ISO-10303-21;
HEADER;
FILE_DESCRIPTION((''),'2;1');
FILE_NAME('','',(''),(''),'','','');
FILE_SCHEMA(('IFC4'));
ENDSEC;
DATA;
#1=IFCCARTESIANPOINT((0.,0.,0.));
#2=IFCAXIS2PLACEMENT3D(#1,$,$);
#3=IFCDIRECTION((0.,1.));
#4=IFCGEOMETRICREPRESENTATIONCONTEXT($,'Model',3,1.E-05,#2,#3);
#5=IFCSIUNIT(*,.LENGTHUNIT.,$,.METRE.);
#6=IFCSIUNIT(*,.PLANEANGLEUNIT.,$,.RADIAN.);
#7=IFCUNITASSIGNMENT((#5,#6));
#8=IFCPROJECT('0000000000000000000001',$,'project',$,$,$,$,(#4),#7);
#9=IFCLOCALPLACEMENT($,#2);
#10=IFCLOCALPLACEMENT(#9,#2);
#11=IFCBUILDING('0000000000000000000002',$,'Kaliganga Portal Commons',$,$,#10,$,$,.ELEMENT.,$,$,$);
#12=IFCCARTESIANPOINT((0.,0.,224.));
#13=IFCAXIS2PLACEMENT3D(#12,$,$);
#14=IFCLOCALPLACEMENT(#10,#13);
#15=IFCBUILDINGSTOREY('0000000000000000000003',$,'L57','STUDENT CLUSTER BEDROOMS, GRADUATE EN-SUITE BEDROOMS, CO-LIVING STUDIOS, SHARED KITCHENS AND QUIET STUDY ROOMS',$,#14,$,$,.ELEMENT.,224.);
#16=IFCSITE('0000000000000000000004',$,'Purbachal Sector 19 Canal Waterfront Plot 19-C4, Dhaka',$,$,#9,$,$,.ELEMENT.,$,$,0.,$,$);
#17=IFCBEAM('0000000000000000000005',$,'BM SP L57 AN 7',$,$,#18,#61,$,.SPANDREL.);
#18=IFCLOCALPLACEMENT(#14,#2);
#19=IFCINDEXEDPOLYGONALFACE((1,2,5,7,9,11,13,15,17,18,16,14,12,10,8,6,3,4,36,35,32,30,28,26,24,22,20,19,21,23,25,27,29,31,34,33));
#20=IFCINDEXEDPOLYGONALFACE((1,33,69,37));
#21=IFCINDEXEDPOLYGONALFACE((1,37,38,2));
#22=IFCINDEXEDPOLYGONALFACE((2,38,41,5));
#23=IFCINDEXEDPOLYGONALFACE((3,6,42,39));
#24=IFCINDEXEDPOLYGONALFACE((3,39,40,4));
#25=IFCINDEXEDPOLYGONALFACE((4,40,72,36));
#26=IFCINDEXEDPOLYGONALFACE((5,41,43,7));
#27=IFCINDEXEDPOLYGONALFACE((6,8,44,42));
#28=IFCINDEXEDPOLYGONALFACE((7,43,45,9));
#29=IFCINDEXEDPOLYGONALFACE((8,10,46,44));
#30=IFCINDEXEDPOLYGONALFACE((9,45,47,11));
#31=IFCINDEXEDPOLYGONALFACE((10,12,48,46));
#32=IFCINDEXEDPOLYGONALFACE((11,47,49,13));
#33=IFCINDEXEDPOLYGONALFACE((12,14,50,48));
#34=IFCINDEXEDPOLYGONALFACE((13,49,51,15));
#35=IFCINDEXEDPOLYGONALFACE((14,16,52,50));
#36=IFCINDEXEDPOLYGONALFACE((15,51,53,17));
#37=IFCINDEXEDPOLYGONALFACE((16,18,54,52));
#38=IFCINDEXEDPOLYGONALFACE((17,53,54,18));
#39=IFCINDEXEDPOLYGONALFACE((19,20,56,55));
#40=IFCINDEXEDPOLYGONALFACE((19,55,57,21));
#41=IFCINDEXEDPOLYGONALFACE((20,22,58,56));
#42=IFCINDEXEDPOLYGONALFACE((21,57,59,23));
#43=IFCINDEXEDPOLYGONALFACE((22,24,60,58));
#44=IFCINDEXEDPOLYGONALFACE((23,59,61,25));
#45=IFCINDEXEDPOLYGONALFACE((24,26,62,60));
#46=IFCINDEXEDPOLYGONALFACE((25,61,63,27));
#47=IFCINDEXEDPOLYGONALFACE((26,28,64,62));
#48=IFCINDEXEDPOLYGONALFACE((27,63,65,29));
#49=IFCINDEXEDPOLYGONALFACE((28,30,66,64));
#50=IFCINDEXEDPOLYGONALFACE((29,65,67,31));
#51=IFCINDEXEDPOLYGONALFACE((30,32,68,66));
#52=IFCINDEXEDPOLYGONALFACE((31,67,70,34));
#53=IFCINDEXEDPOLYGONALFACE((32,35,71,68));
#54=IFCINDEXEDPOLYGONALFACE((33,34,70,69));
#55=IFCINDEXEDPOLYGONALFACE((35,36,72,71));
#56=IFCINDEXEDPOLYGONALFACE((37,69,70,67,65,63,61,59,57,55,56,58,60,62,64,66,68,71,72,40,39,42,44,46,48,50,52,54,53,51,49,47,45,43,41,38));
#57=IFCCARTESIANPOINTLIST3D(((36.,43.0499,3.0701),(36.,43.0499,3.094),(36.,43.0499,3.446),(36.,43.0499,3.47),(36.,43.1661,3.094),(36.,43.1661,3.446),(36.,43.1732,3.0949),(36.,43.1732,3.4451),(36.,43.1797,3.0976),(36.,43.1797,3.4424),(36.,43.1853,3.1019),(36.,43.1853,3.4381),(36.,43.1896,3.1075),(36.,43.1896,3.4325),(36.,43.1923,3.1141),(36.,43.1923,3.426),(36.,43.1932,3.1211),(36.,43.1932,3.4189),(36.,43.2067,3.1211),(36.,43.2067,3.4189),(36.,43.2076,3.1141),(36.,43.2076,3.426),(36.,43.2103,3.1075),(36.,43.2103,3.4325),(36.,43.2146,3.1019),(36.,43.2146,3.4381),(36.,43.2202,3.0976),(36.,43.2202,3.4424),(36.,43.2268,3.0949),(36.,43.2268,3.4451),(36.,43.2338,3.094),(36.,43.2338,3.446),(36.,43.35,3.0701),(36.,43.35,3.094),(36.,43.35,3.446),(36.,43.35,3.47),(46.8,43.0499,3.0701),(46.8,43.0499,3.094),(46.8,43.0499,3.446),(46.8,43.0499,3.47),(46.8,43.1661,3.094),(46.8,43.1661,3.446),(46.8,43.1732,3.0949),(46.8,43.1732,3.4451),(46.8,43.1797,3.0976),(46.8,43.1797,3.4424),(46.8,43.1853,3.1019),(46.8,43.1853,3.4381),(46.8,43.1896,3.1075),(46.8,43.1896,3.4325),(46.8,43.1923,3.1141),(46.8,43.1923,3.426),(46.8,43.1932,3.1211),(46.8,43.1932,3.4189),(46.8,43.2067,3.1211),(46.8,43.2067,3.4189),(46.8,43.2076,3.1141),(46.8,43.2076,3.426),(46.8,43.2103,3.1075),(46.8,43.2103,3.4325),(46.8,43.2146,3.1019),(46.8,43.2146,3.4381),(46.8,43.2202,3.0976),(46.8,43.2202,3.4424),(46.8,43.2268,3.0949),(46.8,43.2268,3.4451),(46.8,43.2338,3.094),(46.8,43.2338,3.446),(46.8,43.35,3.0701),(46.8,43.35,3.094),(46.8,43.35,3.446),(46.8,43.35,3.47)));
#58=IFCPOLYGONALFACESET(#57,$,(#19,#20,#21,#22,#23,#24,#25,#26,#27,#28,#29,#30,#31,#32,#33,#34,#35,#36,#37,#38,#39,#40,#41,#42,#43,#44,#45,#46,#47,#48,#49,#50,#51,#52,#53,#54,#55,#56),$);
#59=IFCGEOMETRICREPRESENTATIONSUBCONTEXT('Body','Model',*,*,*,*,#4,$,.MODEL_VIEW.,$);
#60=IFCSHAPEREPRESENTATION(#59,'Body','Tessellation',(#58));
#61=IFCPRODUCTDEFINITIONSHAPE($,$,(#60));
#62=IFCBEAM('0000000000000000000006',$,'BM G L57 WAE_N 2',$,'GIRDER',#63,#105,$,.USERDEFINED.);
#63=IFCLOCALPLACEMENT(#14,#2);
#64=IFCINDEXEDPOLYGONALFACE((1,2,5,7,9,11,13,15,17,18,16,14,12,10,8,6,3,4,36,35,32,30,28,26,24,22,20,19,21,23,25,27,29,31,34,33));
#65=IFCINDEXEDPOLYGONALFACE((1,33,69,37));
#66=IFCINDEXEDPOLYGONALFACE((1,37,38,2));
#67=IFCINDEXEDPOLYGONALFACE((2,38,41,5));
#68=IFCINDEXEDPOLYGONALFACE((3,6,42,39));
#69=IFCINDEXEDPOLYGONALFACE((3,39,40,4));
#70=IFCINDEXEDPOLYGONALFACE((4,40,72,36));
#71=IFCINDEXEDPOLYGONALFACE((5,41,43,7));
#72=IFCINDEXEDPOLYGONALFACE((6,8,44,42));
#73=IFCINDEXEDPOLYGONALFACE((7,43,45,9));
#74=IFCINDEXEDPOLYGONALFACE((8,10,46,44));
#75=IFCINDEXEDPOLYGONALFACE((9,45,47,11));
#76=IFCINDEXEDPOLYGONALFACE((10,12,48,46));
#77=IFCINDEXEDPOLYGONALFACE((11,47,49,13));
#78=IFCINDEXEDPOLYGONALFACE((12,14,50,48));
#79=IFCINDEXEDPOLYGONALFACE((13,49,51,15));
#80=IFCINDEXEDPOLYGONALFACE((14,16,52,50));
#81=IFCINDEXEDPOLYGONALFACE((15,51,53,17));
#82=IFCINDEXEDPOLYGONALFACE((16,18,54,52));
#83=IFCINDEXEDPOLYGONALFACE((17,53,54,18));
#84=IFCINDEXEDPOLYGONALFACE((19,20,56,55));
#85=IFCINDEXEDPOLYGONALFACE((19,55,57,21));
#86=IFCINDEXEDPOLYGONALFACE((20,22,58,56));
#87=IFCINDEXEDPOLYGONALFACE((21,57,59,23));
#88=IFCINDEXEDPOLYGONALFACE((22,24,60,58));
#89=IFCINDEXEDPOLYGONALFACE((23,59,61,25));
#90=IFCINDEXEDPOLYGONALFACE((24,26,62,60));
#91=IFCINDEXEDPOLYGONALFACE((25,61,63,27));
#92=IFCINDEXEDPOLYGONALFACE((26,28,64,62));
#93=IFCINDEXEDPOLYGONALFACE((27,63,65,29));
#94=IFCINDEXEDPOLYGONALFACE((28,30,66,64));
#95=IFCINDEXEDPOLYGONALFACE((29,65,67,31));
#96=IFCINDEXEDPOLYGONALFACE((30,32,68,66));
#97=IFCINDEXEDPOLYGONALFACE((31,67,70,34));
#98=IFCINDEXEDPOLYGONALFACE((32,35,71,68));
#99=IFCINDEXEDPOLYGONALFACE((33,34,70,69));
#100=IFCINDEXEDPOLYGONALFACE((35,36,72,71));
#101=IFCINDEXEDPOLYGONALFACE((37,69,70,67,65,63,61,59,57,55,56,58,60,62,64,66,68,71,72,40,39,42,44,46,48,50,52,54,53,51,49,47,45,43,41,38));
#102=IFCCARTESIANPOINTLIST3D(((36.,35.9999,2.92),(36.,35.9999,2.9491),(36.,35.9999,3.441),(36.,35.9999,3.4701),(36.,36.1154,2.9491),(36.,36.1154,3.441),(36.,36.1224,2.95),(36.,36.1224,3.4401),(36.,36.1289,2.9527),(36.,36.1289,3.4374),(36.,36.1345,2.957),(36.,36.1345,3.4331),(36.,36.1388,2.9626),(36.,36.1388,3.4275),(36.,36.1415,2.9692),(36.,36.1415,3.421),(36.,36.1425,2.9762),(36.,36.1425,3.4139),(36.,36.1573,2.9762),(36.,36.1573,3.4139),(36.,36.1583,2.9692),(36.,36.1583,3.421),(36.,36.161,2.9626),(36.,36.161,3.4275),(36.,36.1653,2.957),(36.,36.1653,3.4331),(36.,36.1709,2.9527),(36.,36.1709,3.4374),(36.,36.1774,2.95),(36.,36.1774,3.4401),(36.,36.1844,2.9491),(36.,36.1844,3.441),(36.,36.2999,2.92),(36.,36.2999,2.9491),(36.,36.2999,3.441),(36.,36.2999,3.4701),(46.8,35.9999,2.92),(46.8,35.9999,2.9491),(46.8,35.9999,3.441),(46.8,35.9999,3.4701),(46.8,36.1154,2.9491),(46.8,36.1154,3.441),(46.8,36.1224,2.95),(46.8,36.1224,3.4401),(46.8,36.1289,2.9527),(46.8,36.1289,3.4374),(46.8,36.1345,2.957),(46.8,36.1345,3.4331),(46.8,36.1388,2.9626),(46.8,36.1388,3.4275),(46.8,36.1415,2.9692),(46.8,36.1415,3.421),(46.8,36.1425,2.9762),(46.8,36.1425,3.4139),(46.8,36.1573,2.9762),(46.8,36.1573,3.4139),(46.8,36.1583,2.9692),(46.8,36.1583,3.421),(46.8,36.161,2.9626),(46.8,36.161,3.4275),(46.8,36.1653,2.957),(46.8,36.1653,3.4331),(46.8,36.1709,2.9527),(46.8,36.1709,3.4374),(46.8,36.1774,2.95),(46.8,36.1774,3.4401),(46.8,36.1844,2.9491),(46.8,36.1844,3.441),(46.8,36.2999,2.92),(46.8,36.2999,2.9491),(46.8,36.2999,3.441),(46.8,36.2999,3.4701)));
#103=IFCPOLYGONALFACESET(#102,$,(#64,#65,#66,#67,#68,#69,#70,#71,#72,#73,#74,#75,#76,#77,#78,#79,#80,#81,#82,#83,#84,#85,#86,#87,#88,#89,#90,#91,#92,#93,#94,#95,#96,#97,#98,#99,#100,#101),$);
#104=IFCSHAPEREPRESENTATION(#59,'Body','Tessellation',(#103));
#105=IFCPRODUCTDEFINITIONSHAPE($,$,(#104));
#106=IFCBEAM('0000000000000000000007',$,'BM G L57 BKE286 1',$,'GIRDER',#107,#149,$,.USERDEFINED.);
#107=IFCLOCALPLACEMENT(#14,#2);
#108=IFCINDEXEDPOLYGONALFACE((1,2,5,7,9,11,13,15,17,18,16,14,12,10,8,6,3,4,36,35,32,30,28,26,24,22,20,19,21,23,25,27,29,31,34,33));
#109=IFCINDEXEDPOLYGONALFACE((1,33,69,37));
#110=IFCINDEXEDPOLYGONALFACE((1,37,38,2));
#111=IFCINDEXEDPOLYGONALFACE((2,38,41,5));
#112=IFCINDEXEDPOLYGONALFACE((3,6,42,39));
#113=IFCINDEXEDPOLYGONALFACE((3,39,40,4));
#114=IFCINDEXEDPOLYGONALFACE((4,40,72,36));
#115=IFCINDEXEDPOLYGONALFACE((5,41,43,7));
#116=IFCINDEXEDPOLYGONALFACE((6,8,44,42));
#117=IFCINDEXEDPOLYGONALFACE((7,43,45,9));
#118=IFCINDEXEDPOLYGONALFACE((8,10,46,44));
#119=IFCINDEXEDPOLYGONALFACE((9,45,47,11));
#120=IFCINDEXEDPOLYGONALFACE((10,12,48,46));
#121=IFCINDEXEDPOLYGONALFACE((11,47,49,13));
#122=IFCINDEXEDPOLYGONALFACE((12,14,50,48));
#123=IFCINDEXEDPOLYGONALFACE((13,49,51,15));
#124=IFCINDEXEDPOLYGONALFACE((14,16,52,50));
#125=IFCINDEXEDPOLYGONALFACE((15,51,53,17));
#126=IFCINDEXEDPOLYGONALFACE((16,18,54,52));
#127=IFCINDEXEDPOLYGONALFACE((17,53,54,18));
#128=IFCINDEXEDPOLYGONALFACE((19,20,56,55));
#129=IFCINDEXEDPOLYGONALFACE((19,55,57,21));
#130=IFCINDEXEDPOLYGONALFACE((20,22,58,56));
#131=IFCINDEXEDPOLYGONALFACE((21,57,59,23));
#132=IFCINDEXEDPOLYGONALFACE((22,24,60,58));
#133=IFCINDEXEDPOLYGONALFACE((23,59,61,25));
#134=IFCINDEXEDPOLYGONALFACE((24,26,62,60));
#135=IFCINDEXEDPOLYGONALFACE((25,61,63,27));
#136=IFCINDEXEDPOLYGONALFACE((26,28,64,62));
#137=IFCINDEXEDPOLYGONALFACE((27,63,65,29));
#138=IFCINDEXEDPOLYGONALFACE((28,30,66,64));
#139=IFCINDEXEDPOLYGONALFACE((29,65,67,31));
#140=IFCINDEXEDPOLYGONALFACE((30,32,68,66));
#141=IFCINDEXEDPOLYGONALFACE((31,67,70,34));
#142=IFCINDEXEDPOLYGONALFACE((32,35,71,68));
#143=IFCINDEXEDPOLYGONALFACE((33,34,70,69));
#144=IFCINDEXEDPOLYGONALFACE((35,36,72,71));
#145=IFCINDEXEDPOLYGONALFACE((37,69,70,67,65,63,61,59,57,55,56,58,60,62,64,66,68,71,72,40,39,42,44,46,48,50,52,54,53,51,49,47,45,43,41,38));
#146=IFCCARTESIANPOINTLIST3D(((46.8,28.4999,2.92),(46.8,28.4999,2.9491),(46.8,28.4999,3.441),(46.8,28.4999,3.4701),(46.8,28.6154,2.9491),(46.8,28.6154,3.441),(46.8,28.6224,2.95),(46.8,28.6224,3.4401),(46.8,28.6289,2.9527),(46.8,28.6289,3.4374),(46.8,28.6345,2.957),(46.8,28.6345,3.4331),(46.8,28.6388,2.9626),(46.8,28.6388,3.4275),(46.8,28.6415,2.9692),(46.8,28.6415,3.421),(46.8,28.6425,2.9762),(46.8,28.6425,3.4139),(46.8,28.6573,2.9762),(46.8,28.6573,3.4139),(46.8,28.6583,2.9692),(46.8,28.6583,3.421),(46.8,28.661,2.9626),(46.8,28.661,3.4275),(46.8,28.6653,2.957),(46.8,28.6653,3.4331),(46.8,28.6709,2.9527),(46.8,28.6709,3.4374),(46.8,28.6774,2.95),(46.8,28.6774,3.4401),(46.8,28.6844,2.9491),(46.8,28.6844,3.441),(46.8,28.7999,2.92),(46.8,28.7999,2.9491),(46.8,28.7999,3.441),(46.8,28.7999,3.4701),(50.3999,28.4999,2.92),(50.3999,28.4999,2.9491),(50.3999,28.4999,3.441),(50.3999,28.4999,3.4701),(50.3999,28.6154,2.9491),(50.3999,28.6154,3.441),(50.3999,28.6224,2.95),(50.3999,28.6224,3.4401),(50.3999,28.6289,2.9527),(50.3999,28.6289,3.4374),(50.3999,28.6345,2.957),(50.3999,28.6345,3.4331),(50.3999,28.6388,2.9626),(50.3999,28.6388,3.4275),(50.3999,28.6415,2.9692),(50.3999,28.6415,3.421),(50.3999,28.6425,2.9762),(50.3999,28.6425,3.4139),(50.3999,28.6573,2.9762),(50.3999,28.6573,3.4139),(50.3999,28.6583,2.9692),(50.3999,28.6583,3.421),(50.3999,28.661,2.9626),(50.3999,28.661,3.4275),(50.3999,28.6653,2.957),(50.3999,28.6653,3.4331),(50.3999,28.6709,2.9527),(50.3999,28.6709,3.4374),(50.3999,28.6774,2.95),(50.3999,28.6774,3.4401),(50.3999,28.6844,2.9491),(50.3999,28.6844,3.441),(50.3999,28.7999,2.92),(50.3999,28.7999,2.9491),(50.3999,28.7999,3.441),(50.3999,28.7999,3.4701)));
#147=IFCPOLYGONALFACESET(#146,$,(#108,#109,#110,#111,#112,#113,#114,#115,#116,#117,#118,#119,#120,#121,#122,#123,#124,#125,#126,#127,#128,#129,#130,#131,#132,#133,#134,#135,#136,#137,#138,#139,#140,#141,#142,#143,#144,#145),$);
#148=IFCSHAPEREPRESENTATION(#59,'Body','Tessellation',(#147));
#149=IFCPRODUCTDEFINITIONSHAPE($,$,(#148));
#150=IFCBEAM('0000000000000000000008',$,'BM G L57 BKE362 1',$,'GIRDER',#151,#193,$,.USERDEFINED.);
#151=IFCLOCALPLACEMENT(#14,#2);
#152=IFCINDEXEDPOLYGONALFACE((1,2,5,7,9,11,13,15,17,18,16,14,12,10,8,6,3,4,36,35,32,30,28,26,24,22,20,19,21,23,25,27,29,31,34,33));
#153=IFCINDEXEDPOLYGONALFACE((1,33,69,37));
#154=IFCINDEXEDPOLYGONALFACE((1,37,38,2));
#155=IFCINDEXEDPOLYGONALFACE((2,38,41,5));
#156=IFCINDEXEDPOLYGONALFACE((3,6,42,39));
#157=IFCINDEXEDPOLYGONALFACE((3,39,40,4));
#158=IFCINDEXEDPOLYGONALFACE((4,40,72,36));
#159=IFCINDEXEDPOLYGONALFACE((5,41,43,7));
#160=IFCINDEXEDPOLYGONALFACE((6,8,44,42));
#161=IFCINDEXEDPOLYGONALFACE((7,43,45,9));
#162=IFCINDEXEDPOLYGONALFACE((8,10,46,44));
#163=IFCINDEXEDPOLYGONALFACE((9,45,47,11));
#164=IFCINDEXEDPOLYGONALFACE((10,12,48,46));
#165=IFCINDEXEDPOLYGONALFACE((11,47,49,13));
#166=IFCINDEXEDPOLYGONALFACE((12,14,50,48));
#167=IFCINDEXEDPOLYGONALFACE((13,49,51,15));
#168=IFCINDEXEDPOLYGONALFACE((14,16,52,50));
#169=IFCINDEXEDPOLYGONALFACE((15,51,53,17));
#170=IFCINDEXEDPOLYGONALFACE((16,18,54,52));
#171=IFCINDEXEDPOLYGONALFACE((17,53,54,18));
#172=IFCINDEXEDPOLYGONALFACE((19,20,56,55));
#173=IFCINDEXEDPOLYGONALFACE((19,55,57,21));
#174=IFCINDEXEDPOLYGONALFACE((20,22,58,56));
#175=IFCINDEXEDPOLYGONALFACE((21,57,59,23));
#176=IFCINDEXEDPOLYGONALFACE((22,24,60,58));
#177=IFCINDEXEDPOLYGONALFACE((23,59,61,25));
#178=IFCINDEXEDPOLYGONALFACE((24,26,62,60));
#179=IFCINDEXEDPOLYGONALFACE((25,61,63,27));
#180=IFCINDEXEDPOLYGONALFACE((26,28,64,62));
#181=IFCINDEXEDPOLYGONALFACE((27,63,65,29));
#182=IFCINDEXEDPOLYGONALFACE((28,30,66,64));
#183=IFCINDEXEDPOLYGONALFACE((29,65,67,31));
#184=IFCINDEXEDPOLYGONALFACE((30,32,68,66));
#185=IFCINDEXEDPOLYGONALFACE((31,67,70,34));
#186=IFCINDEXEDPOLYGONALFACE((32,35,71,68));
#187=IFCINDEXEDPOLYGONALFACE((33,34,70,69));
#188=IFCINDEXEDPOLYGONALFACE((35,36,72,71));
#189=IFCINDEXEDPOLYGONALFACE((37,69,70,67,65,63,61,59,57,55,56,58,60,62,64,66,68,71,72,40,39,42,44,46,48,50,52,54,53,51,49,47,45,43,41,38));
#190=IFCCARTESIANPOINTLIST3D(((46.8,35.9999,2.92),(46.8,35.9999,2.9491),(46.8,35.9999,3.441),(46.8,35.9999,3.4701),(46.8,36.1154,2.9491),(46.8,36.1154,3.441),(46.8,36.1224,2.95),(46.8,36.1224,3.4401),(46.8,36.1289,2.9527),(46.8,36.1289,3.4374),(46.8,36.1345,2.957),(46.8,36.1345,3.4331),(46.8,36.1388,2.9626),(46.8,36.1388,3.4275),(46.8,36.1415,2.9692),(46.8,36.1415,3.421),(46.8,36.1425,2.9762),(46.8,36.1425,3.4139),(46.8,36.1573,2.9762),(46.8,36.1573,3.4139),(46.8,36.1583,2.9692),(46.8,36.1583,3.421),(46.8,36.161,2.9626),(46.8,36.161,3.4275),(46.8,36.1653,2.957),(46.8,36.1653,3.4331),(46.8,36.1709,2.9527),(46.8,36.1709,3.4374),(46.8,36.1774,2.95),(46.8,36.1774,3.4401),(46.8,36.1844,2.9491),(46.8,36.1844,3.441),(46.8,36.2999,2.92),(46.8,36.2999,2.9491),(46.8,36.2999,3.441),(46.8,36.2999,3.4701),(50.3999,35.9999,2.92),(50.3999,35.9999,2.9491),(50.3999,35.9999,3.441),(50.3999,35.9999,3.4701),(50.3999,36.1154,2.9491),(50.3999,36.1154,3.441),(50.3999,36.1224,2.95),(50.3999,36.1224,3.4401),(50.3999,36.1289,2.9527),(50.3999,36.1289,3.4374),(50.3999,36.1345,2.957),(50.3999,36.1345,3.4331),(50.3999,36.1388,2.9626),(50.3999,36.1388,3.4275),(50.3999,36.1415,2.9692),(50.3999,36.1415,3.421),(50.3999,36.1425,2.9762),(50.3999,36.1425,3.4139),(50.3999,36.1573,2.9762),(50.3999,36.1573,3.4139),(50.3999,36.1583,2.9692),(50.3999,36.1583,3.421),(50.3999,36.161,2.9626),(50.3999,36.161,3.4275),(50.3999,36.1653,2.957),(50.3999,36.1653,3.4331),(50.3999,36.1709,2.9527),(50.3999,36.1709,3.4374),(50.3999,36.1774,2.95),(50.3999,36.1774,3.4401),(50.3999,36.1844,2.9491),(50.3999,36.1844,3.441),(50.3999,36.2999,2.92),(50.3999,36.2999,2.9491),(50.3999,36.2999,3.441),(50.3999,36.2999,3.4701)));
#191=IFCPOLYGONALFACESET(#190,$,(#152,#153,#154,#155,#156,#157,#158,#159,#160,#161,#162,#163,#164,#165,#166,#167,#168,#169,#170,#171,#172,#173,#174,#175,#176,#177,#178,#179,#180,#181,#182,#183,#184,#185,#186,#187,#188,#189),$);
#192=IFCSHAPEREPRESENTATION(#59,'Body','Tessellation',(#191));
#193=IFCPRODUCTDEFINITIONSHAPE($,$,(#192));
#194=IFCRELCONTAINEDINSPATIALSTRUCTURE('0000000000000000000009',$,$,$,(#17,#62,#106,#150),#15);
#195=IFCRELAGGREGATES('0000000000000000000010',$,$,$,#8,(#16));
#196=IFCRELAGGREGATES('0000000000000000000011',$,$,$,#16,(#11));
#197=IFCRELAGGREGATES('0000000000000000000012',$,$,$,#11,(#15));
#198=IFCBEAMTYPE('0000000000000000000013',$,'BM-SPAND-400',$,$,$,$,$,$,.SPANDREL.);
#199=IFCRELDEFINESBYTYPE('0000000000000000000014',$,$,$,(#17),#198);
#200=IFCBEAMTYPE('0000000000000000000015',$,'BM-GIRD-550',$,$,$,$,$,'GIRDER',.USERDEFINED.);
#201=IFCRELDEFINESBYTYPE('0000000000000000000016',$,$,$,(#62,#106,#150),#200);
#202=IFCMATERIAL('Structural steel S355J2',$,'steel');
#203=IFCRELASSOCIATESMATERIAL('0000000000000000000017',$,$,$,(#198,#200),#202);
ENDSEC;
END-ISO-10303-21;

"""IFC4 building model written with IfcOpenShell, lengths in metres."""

from ifc_helpers import new_model, si_unit, direction, frame, origin, origin_2d, place, context, subcontext, project, spatial, i_section, extrude, source, transform, mapped, material, material_profile, profile_set, type_object, element, save


model = new_model("IFC4")

# Units and contexts
model_context = context("Model", 3, precision=1e-05, world=origin(), true_north=direction((0.0, 1.0)))
body_context = subcontext(model_context, "Body", "Model", "MODEL_VIEW")
ifc_project = project(units=[si_unit("LENGTHUNIT", "METRE"), si_unit("PLANEANGLEUNIT", "RADIAN")], contexts=[model_context])

# Site, building, storey
site_placement = place(None, origin())
site = spatial("IfcSite", under=ifc_project, at=site_placement, Name="Purbachal Sector 19 Canal Waterfront Plot 19-C4, Dhaka", CompositionType="ELEMENT", RefElevation=0.0)
building_placement = place(site_placement, origin())
building = spatial("IfcBuilding", under=site, at=building_placement, Name="Kaliganga Portal Commons", CompositionType="ELEMENT")
storey_placement = place(building_placement, frame((0.0, 0.0, 224.0)))
storey = spatial("IfcBuildingStorey", under=building, at=storey_placement, Name="L57", Description="STUDENT CLUSTER BEDROOMS, GRADUATE EN-SUITE BEDROOMS, CO-LIVING STUDIOS, SHARED KITCHENS AND QUIET STUDY ROOMS", CompositionType="ELEMENT", Elevation=224.0)

# Beams
ifc_material_1 = material(Name="Structural steel S355J2", Category="steel")
ifc_material_profile_1 = material_profile(ifc_material_1, i_section(OverallWidth=0.3, OverallDepth=0.3999, WebThickness=0.0134, FlangeThickness=0.0239, FilletRadius=0.0271, at=origin_2d()), Name="HE 400 B")
ifc_profile_set_1 = profile_set([ifc_material_profile_1], Name="Structural steel S355J2 wide-flange")
beam_type_1 = type_object("IfcBeamType", Name="BM-SPAND-400", PredefinedType="SPANDREL", material=ifc_profile_set_1)
shared_shape_1 = source(origin(), body_context, "Body", "SweptSolid", [
    extrude(i_section(OverallWidth=0.3, OverallDepth=0.3999, WebThickness=0.0134, FlangeThickness=0.0239, FilletRadius=0.0271, at=origin_2d()), origin(), (0.0, 0.0, 1.0), 10.8),
])
beam_1_placement = place(storey_placement, frame((36.0, 43.2, 3.27), z_axis=(1.0, 0.0, 0.0), x_axis=(0.0, 1.0, 0.0)))
element("IfcBeam", 1, at=beam_1_placement, inside=storey, type_object=beam_type_1, Name="BM SP L57 AN 7", PredefinedType="SPANDREL", context=body_context, shape_type="MappedRepresentation", body=[
    mapped(shared_shape_1, transform((0.0, 0.0, 0.0), x_axis=(1.0, 0.0, 0.0), y_axis=(0.0, 1.0, 0.0), z_axis=(0.0, 0.0, 1.0), scale=1.0)),
])
ifc_material_profile_2 = material_profile(ifc_material_1, i_section(OverallWidth=0.3, OverallDepth=0.55, WebThickness=0.0149, FlangeThickness=0.0291, FilletRadius=0.0271, at=origin_2d()), Name="HE 550 B")
ifc_profile_set_2 = profile_set([ifc_material_profile_2], Name="Structural steel S355J2 wide-flange")
beam_type_2 = type_object("IfcBeamType", Name="BM-GIRD-550", ElementType="GIRDER", PredefinedType="USERDEFINED", material=ifc_profile_set_2)
shared_shape_2 = source(origin(), body_context, "Body", "SweptSolid", [
    extrude(i_section(OverallWidth=0.3, OverallDepth=0.55, WebThickness=0.0149, FlangeThickness=0.0291, FilletRadius=0.0271, at=origin_2d()), origin(), (0.0, 0.0, 1.0), 10.8),
])
beam_2_placement = place(storey_placement, frame((36.0, 36.1499, 3.1951), z_axis=(1.0, 0.0, 0.0), x_axis=(0.0, 1.0, 0.0)))
element("IfcBeam", 2, at=beam_2_placement, inside=storey, type_object=beam_type_2, Name="BM G L57 WAE_N 2", ObjectType="GIRDER", PredefinedType="USERDEFINED", context=body_context, shape_type="MappedRepresentation", body=[
    mapped(shared_shape_2, transform((0.0, 0.0, 0.0), x_axis=(1.0, 0.0, 0.0), y_axis=(0.0, 1.0, 0.0), z_axis=(0.0, 0.0, 1.0), scale=1.0)),
])
shared_shape_3 = source(origin(), body_context, "Body", "SweptSolid", [
    extrude(i_section(OverallWidth=0.3, OverallDepth=0.55, WebThickness=0.0149, FlangeThickness=0.0291, FilletRadius=0.0271, at=origin_2d()), origin(), (0.0, 0.0, 1.0), 3.5999),
])
for number, where, z_axis, x_axis, name in (
    (3, (46.8, 28.6499, 3.1951), (1.0, 0.0, 0.0), (0.0, 1.0, 0.0), "BM G L57 BKE286 1"),
    (4, (46.8, 36.1499, 3.1951), (1.0, 0.0, 0.0), (0.0, 1.0, 0.0), "BM G L57 BKE362 1"),
):
    element("IfcBeam", number, at=place(storey_placement, frame(where, z_axis=z_axis, x_axis=x_axis)), inside=storey, type_object=beam_type_2, Name=name, ObjectType="GIRDER", PredefinedType="USERDEFINED", context=body_context, shape_type="MappedRepresentation", body=[
        mapped(shared_shape_3, transform((0.0, 0.0, 0.0), x_axis=(1.0, 0.0, 0.0), y_axis=(0.0, 1.0, 0.0), z_axis=(0.0, 0.0, 1.0), scale=1.0)),
    ])

save(model, "model.ifc")
